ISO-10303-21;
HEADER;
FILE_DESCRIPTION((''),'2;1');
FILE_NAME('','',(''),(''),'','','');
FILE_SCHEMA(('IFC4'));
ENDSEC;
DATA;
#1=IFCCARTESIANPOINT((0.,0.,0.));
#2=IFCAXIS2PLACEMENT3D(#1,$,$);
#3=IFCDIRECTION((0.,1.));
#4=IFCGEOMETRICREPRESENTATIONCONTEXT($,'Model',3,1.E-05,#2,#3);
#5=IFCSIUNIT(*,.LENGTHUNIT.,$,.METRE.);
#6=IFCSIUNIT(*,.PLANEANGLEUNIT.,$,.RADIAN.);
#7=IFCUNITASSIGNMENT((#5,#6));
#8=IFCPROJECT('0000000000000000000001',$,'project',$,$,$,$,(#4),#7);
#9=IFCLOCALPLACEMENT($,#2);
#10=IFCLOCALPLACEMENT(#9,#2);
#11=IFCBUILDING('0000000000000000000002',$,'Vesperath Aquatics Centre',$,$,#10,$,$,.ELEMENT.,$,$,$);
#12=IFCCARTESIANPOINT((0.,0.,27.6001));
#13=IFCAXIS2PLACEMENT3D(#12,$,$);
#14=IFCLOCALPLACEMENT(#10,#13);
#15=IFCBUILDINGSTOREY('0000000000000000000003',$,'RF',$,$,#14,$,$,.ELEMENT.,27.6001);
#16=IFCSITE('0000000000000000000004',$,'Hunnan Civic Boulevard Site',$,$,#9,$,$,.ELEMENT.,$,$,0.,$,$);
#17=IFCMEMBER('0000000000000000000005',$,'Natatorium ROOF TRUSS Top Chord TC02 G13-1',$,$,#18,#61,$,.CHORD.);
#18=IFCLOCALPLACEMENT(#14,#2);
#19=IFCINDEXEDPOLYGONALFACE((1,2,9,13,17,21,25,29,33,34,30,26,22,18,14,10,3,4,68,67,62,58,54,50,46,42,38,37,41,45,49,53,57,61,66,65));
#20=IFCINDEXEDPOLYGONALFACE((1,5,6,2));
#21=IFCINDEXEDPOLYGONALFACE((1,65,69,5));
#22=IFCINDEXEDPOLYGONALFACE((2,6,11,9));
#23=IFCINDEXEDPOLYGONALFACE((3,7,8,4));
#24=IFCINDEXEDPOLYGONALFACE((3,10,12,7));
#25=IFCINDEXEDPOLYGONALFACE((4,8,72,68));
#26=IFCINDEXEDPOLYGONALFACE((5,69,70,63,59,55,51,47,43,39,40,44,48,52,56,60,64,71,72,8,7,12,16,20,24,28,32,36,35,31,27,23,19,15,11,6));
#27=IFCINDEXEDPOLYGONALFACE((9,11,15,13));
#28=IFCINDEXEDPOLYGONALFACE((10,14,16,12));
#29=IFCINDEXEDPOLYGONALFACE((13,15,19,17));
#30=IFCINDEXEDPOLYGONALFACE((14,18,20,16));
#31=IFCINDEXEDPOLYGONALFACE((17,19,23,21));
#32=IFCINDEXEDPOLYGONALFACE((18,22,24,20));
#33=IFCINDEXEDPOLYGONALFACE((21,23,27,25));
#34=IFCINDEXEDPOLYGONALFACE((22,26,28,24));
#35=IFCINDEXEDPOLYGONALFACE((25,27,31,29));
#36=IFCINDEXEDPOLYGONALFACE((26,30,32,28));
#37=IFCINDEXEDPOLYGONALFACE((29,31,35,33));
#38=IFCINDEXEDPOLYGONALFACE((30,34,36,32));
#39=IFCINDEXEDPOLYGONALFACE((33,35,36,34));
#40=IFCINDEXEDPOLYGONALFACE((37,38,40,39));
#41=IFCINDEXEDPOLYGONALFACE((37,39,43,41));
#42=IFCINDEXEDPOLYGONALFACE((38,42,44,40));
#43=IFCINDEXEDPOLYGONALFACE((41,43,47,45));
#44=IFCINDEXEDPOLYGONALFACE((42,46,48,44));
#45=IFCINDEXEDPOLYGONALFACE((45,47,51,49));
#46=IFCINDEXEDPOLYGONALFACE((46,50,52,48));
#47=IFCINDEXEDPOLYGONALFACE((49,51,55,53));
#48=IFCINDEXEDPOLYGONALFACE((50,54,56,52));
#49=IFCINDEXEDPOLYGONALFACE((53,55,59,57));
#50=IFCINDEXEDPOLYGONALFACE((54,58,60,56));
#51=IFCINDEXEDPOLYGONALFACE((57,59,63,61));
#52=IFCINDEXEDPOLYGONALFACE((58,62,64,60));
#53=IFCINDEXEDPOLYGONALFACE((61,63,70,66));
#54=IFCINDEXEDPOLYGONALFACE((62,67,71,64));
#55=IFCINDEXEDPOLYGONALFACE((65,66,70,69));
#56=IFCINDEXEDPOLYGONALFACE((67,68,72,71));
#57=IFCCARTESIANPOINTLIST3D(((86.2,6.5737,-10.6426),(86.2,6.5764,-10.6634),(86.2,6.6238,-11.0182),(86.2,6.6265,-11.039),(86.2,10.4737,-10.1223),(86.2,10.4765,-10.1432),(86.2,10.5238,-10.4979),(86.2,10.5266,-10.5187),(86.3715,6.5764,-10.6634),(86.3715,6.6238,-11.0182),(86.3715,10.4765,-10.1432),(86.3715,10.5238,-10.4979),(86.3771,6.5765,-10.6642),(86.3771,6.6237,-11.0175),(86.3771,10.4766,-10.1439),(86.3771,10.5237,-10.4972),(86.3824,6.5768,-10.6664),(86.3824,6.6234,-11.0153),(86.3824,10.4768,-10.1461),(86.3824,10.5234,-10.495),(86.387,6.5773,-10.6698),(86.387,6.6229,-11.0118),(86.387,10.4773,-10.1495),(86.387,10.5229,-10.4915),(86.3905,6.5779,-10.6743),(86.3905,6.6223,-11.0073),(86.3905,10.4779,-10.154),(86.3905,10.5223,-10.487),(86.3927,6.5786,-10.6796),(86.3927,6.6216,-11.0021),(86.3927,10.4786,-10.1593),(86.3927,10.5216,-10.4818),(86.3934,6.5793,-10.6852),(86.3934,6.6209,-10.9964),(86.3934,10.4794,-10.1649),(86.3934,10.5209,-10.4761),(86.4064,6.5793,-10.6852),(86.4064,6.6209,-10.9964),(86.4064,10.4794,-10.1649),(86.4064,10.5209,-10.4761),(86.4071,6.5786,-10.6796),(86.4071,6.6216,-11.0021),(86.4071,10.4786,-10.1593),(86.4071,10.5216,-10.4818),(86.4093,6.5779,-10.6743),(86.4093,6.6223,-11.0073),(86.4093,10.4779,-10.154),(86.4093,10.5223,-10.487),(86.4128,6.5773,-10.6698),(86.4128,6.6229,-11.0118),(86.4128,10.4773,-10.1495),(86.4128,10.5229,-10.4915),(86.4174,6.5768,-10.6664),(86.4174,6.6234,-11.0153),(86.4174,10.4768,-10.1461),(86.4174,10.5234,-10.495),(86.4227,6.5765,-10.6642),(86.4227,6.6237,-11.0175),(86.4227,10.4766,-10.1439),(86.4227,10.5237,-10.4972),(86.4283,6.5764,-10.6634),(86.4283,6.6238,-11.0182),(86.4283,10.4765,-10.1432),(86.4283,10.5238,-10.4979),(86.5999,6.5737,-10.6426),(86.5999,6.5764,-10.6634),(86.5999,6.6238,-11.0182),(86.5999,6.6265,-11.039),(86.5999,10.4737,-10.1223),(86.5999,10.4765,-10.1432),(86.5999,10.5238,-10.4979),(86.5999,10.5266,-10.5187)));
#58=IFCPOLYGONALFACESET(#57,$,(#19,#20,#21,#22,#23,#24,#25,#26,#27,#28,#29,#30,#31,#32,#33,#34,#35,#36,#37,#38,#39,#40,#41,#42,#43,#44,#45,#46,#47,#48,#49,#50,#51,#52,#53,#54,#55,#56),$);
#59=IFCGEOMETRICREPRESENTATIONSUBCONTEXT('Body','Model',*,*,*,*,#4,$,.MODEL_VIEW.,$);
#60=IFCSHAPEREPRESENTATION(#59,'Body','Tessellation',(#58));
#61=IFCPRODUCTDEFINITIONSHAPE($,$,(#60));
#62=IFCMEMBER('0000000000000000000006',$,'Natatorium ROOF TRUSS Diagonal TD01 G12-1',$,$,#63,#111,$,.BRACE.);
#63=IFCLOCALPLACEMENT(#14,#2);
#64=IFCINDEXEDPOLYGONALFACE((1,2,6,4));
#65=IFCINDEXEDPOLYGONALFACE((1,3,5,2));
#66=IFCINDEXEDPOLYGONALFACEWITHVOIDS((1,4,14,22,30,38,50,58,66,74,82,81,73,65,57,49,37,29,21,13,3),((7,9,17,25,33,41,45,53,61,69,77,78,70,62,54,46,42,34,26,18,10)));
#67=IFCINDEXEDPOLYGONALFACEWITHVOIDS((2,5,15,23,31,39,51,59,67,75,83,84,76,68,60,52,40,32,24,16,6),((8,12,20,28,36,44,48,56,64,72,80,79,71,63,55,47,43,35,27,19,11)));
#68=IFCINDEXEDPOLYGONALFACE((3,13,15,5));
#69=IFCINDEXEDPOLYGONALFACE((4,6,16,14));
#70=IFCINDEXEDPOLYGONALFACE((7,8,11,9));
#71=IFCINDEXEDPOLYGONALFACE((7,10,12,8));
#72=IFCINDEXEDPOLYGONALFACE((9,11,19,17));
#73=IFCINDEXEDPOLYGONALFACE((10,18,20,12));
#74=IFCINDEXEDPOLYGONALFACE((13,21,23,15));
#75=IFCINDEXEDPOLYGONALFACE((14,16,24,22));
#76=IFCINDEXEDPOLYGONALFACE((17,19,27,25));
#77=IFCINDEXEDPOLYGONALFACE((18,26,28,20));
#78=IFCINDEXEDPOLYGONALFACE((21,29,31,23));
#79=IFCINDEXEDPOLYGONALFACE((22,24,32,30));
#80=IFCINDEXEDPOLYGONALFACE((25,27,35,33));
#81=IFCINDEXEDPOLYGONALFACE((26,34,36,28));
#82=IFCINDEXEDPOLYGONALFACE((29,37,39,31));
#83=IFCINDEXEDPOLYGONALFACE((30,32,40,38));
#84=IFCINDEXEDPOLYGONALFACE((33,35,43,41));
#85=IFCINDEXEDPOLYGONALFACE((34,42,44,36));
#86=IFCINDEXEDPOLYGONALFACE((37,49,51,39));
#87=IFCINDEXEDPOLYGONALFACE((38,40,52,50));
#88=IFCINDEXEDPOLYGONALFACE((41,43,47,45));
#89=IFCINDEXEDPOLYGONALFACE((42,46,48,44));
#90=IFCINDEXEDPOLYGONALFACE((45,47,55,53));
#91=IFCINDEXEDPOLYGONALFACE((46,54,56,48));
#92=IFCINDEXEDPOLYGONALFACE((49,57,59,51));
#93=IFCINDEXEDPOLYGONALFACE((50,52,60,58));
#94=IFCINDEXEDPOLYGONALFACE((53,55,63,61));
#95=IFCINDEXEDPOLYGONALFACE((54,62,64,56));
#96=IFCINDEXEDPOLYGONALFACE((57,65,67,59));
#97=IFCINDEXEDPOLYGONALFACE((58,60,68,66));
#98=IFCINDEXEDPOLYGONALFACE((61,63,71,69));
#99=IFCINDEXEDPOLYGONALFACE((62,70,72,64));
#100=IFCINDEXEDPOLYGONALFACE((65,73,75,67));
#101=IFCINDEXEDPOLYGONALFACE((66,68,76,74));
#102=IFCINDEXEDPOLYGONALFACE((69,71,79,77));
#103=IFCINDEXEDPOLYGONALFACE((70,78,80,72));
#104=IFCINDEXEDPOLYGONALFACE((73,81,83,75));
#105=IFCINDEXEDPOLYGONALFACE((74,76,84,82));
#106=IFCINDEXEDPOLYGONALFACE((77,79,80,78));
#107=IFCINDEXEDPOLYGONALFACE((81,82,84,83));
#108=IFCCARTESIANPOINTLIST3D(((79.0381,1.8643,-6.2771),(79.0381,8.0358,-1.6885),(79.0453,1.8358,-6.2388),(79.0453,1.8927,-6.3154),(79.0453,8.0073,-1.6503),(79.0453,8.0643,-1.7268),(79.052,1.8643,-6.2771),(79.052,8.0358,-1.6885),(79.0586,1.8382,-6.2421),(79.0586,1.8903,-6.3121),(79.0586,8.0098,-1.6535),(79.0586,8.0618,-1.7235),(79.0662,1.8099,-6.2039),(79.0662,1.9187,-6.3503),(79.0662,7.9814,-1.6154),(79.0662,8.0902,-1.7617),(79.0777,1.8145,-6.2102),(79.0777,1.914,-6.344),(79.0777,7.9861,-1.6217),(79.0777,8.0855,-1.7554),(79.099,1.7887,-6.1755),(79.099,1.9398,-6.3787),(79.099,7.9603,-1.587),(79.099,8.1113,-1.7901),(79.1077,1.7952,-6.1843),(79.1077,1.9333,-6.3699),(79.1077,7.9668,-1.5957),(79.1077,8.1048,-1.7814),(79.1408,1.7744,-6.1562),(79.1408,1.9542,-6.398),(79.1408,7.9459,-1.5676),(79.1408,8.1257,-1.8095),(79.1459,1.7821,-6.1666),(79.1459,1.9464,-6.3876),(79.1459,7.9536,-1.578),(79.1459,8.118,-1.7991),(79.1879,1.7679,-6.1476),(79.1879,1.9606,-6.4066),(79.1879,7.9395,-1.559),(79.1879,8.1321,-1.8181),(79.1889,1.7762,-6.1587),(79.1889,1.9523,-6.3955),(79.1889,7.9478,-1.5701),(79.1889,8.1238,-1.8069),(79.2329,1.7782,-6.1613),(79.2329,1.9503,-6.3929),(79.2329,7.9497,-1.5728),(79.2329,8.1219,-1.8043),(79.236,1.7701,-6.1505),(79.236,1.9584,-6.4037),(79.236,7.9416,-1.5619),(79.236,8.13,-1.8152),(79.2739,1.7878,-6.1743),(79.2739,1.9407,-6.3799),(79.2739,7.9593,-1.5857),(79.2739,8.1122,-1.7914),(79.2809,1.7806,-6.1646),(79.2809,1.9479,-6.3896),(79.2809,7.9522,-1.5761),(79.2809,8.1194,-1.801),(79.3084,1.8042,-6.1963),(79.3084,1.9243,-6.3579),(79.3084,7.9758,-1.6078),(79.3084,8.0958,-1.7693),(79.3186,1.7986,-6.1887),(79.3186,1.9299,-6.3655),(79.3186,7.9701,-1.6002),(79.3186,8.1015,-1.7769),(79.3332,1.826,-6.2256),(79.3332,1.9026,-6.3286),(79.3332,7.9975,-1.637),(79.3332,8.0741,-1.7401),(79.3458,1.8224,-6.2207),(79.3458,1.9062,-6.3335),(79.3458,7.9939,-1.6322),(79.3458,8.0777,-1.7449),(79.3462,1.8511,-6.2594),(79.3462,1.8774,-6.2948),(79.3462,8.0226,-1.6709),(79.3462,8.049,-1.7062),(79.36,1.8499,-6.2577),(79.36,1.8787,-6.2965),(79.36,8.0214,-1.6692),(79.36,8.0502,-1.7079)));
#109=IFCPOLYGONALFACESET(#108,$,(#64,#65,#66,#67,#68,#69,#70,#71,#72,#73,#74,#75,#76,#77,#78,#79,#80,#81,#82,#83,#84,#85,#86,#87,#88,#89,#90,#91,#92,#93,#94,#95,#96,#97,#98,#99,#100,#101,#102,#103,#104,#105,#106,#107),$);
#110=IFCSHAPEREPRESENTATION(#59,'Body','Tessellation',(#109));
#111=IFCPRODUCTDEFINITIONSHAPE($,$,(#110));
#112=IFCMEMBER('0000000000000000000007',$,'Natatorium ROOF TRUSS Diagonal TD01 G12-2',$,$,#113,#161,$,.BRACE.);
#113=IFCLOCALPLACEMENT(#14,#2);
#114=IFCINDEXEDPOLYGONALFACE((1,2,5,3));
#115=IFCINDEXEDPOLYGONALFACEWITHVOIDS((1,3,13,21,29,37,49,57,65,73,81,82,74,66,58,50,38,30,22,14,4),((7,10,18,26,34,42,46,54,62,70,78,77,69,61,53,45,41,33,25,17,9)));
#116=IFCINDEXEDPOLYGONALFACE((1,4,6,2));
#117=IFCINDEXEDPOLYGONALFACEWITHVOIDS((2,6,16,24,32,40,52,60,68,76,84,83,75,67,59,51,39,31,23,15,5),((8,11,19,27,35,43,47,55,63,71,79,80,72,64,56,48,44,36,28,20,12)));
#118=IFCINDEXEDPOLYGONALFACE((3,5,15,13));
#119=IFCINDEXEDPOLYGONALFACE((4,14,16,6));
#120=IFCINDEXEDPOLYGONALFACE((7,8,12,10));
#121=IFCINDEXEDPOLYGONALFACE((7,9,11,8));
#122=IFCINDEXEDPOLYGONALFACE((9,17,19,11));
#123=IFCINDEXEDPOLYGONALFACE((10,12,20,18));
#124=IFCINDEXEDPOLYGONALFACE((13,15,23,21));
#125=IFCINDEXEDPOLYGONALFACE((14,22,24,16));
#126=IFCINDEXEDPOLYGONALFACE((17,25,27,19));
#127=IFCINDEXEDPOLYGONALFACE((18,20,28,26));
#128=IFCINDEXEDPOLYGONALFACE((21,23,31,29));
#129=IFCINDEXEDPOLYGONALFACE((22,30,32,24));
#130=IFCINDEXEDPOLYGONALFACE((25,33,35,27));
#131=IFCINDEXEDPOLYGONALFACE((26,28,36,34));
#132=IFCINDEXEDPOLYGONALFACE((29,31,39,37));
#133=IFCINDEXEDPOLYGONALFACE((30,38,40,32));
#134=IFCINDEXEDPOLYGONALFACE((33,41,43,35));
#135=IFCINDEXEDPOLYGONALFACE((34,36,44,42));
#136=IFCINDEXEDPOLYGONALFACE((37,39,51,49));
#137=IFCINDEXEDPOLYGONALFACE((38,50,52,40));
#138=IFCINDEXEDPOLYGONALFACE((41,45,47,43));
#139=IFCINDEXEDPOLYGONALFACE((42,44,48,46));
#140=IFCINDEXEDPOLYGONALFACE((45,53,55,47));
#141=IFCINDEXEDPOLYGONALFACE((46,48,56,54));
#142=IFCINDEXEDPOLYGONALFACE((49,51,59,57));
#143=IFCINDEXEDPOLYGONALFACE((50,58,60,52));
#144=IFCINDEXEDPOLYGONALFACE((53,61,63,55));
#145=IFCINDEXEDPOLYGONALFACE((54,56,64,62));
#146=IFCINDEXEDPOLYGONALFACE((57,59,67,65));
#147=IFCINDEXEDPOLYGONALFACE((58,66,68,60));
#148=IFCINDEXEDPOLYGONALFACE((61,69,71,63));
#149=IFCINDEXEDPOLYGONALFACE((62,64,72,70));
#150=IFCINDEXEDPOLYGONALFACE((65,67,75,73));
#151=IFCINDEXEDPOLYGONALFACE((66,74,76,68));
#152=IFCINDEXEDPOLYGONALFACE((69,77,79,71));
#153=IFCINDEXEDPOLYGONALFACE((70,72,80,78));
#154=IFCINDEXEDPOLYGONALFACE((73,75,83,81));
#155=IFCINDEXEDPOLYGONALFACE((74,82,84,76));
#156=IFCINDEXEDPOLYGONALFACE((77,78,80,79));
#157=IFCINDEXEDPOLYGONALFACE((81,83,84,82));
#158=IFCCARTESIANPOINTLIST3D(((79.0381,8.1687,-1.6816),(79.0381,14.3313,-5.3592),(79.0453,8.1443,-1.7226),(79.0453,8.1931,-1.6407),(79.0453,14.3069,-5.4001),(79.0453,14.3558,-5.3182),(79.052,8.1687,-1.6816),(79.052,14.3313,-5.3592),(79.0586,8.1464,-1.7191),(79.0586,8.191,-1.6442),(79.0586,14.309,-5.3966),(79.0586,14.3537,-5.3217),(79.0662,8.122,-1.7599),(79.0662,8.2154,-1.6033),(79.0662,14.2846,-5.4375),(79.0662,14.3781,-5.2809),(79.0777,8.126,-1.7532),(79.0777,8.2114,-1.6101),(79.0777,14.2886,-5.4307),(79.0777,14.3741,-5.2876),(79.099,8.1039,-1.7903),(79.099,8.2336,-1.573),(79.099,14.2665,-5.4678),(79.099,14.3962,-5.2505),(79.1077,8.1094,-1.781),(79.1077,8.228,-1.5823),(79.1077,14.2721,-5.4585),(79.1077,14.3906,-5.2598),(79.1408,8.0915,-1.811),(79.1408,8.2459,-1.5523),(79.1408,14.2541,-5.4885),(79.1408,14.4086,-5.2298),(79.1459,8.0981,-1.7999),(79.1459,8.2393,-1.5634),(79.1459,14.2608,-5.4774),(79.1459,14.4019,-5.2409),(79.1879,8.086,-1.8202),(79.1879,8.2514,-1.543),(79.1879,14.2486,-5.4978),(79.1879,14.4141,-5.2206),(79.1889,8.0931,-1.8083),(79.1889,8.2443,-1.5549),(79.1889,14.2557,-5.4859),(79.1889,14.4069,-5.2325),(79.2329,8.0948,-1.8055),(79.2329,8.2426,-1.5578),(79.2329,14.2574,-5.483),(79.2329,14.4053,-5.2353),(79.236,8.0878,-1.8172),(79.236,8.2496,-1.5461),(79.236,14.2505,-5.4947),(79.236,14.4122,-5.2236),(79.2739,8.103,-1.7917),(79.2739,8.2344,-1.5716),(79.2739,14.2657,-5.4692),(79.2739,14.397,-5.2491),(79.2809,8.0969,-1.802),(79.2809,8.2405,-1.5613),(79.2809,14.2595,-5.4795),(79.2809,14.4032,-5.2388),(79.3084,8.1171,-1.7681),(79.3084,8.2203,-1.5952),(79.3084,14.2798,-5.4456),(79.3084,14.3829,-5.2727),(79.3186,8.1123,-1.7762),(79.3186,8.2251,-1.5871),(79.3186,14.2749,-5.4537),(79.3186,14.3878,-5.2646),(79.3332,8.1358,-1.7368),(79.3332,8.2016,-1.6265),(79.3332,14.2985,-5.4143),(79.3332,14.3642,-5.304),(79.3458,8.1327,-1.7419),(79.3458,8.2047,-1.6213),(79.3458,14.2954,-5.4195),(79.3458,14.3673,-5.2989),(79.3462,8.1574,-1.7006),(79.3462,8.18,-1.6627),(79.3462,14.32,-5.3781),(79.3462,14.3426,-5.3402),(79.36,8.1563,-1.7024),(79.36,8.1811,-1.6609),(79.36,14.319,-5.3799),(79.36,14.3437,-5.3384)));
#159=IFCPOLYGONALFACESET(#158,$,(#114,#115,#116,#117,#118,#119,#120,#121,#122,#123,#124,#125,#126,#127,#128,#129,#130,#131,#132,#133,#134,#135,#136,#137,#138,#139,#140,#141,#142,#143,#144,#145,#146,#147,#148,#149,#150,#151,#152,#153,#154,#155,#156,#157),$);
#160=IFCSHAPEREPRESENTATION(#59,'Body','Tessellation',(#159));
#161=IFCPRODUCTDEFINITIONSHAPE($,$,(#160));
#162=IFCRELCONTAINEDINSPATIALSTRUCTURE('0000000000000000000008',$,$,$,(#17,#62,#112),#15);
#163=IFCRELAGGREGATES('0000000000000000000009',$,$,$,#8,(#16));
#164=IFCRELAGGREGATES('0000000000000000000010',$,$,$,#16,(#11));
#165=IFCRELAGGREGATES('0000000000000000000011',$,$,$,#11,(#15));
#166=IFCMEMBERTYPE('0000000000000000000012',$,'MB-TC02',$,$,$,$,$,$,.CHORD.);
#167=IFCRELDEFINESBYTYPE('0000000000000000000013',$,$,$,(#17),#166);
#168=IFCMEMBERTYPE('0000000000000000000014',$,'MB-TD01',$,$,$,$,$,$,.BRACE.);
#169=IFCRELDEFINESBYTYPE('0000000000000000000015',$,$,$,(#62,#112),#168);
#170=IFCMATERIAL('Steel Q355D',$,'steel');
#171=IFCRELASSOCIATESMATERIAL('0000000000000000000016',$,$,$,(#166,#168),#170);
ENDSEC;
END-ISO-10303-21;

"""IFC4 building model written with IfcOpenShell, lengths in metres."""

from ifc_helpers import new_model, si_unit, direction, frame, origin, origin_2d, place, context, subcontext, project, spatial, hollow_circle, i_section, extrude, material, material_profile, profile_set, type_object, element, save


model = new_model("IFC4")

# Units and contexts
model_context = context("Model", 3, precision=1e-05, world=origin(), true_north=direction((0.0, 1.0)))
body_context = subcontext(model_context, "Body", "Model", "MODEL_VIEW")
ifc_project = project(units=[si_unit("LENGTHUNIT", "METRE"), si_unit("PLANEANGLEUNIT", "RADIAN")], contexts=[model_context])

# Site, building, storey
site_placement = place(None, origin())
site = spatial("IfcSite", under=ifc_project, at=site_placement, Name="Hunnan Civic Boulevard Site", CompositionType="ELEMENT", RefElevation=0.0)
building_placement = place(site_placement, origin())
building = spatial("IfcBuilding", under=site, at=building_placement, Name="Vesperath Aquatics Centre", CompositionType="ELEMENT")
storey_placement = place(building_placement, frame((0.0, 0.0, 27.6001)))
storey = spatial("IfcBuildingStorey", under=building, at=storey_placement, Name="RF", CompositionType="ELEMENT", Elevation=27.6001)

# Members
ifc_material_1 = material(Name="Steel Q355D", Category="steel")
ifc_material_profile_1 = material_profile(ifc_material_1, i_section(OverallWidth=0.3999, OverallDepth=0.3999, WebThickness=0.0129, FlangeThickness=0.021, FilletRadius=0.022, at=origin_2d()), Name="HW 400x400x13x21")
ifc_profile_set_1 = profile_set([ifc_material_profile_1], Name="Steel Q355D")
member_type_1 = type_object("IfcMemberType", Name="MB-TC02", PredefinedType="CHORD", material=ifc_profile_set_1)
member_1_placement = place(storey_placement, frame((86.3999, 6.6001, -10.8408), z_axis=(0.0, 0.991219, 0.132233), x_axis=(-1.0, 0.0, 0.0)))
element("IfcMember", 1, at=member_1_placement, inside=storey, type_object=member_type_1, Name="Natatorium ROOF TRUSS Top Chord TC02 G13-1", PredefinedType="CHORD", context=body_context, shape_type="SweptSolid", body=[
    extrude(i_section(OverallWidth=0.3999, OverallDepth=0.3999, WebThickness=0.0129, FlangeThickness=0.021, FilletRadius=0.022, at=origin_2d()), origin(), (0.0, 0.0, 1.0), 3.9346),
])
ifc_material_profile_2 = material_profile(ifc_material_1, hollow_circle(Radius=0.1619, WallThickness=0.0139, at=origin_2d()), Name="CHS 323.9x14")
ifc_profile_set_2 = profile_set([ifc_material_profile_2], Name="Steel Q355D")
member_type_2 = type_object("IfcMemberType", Name="MB-TD01", PredefinedType="BRACE", material=ifc_profile_set_2)
member_2_placement = place(storey_placement, frame((79.2, 1.8643, -6.2771), z_axis=(0.0, 0.802496, 0.596658), x_axis=(-1.0, 0.0, 0.0)))
element("IfcMember", 2, at=member_2_placement, inside=storey, type_object=member_type_2, Name="Natatorium ROOF TRUSS Diagonal TD01 G12-1", PredefinedType="BRACE", context=body_context, shape_type="SweptSolid", body=[
    extrude(hollow_circle(Radius=0.1619, WallThickness=0.0139, at=origin_2d()), origin(), (0.0, 0.0, 1.0), 7.6904),
])
member_3_placement = place(storey_placement, frame((79.2, 8.1687, -1.6816), z_axis=(0.0, 0.858724, -0.512438), x_axis=(-1.0, 0.0, 0.0)))
element("IfcMember", 3, at=member_3_placement, inside=storey, type_object=member_type_2, Name="Natatorium ROOF TRUSS Diagonal TD01 G12-2", PredefinedType="BRACE", context=body_context, shape_type="SweptSolid", body=[
    extrude(hollow_circle(Radius=0.1619, WallThickness=0.0139, at=origin_2d()), origin(), (0.0, 0.0, 1.0), 7.1765),
])

save(model, "model.ifc")
